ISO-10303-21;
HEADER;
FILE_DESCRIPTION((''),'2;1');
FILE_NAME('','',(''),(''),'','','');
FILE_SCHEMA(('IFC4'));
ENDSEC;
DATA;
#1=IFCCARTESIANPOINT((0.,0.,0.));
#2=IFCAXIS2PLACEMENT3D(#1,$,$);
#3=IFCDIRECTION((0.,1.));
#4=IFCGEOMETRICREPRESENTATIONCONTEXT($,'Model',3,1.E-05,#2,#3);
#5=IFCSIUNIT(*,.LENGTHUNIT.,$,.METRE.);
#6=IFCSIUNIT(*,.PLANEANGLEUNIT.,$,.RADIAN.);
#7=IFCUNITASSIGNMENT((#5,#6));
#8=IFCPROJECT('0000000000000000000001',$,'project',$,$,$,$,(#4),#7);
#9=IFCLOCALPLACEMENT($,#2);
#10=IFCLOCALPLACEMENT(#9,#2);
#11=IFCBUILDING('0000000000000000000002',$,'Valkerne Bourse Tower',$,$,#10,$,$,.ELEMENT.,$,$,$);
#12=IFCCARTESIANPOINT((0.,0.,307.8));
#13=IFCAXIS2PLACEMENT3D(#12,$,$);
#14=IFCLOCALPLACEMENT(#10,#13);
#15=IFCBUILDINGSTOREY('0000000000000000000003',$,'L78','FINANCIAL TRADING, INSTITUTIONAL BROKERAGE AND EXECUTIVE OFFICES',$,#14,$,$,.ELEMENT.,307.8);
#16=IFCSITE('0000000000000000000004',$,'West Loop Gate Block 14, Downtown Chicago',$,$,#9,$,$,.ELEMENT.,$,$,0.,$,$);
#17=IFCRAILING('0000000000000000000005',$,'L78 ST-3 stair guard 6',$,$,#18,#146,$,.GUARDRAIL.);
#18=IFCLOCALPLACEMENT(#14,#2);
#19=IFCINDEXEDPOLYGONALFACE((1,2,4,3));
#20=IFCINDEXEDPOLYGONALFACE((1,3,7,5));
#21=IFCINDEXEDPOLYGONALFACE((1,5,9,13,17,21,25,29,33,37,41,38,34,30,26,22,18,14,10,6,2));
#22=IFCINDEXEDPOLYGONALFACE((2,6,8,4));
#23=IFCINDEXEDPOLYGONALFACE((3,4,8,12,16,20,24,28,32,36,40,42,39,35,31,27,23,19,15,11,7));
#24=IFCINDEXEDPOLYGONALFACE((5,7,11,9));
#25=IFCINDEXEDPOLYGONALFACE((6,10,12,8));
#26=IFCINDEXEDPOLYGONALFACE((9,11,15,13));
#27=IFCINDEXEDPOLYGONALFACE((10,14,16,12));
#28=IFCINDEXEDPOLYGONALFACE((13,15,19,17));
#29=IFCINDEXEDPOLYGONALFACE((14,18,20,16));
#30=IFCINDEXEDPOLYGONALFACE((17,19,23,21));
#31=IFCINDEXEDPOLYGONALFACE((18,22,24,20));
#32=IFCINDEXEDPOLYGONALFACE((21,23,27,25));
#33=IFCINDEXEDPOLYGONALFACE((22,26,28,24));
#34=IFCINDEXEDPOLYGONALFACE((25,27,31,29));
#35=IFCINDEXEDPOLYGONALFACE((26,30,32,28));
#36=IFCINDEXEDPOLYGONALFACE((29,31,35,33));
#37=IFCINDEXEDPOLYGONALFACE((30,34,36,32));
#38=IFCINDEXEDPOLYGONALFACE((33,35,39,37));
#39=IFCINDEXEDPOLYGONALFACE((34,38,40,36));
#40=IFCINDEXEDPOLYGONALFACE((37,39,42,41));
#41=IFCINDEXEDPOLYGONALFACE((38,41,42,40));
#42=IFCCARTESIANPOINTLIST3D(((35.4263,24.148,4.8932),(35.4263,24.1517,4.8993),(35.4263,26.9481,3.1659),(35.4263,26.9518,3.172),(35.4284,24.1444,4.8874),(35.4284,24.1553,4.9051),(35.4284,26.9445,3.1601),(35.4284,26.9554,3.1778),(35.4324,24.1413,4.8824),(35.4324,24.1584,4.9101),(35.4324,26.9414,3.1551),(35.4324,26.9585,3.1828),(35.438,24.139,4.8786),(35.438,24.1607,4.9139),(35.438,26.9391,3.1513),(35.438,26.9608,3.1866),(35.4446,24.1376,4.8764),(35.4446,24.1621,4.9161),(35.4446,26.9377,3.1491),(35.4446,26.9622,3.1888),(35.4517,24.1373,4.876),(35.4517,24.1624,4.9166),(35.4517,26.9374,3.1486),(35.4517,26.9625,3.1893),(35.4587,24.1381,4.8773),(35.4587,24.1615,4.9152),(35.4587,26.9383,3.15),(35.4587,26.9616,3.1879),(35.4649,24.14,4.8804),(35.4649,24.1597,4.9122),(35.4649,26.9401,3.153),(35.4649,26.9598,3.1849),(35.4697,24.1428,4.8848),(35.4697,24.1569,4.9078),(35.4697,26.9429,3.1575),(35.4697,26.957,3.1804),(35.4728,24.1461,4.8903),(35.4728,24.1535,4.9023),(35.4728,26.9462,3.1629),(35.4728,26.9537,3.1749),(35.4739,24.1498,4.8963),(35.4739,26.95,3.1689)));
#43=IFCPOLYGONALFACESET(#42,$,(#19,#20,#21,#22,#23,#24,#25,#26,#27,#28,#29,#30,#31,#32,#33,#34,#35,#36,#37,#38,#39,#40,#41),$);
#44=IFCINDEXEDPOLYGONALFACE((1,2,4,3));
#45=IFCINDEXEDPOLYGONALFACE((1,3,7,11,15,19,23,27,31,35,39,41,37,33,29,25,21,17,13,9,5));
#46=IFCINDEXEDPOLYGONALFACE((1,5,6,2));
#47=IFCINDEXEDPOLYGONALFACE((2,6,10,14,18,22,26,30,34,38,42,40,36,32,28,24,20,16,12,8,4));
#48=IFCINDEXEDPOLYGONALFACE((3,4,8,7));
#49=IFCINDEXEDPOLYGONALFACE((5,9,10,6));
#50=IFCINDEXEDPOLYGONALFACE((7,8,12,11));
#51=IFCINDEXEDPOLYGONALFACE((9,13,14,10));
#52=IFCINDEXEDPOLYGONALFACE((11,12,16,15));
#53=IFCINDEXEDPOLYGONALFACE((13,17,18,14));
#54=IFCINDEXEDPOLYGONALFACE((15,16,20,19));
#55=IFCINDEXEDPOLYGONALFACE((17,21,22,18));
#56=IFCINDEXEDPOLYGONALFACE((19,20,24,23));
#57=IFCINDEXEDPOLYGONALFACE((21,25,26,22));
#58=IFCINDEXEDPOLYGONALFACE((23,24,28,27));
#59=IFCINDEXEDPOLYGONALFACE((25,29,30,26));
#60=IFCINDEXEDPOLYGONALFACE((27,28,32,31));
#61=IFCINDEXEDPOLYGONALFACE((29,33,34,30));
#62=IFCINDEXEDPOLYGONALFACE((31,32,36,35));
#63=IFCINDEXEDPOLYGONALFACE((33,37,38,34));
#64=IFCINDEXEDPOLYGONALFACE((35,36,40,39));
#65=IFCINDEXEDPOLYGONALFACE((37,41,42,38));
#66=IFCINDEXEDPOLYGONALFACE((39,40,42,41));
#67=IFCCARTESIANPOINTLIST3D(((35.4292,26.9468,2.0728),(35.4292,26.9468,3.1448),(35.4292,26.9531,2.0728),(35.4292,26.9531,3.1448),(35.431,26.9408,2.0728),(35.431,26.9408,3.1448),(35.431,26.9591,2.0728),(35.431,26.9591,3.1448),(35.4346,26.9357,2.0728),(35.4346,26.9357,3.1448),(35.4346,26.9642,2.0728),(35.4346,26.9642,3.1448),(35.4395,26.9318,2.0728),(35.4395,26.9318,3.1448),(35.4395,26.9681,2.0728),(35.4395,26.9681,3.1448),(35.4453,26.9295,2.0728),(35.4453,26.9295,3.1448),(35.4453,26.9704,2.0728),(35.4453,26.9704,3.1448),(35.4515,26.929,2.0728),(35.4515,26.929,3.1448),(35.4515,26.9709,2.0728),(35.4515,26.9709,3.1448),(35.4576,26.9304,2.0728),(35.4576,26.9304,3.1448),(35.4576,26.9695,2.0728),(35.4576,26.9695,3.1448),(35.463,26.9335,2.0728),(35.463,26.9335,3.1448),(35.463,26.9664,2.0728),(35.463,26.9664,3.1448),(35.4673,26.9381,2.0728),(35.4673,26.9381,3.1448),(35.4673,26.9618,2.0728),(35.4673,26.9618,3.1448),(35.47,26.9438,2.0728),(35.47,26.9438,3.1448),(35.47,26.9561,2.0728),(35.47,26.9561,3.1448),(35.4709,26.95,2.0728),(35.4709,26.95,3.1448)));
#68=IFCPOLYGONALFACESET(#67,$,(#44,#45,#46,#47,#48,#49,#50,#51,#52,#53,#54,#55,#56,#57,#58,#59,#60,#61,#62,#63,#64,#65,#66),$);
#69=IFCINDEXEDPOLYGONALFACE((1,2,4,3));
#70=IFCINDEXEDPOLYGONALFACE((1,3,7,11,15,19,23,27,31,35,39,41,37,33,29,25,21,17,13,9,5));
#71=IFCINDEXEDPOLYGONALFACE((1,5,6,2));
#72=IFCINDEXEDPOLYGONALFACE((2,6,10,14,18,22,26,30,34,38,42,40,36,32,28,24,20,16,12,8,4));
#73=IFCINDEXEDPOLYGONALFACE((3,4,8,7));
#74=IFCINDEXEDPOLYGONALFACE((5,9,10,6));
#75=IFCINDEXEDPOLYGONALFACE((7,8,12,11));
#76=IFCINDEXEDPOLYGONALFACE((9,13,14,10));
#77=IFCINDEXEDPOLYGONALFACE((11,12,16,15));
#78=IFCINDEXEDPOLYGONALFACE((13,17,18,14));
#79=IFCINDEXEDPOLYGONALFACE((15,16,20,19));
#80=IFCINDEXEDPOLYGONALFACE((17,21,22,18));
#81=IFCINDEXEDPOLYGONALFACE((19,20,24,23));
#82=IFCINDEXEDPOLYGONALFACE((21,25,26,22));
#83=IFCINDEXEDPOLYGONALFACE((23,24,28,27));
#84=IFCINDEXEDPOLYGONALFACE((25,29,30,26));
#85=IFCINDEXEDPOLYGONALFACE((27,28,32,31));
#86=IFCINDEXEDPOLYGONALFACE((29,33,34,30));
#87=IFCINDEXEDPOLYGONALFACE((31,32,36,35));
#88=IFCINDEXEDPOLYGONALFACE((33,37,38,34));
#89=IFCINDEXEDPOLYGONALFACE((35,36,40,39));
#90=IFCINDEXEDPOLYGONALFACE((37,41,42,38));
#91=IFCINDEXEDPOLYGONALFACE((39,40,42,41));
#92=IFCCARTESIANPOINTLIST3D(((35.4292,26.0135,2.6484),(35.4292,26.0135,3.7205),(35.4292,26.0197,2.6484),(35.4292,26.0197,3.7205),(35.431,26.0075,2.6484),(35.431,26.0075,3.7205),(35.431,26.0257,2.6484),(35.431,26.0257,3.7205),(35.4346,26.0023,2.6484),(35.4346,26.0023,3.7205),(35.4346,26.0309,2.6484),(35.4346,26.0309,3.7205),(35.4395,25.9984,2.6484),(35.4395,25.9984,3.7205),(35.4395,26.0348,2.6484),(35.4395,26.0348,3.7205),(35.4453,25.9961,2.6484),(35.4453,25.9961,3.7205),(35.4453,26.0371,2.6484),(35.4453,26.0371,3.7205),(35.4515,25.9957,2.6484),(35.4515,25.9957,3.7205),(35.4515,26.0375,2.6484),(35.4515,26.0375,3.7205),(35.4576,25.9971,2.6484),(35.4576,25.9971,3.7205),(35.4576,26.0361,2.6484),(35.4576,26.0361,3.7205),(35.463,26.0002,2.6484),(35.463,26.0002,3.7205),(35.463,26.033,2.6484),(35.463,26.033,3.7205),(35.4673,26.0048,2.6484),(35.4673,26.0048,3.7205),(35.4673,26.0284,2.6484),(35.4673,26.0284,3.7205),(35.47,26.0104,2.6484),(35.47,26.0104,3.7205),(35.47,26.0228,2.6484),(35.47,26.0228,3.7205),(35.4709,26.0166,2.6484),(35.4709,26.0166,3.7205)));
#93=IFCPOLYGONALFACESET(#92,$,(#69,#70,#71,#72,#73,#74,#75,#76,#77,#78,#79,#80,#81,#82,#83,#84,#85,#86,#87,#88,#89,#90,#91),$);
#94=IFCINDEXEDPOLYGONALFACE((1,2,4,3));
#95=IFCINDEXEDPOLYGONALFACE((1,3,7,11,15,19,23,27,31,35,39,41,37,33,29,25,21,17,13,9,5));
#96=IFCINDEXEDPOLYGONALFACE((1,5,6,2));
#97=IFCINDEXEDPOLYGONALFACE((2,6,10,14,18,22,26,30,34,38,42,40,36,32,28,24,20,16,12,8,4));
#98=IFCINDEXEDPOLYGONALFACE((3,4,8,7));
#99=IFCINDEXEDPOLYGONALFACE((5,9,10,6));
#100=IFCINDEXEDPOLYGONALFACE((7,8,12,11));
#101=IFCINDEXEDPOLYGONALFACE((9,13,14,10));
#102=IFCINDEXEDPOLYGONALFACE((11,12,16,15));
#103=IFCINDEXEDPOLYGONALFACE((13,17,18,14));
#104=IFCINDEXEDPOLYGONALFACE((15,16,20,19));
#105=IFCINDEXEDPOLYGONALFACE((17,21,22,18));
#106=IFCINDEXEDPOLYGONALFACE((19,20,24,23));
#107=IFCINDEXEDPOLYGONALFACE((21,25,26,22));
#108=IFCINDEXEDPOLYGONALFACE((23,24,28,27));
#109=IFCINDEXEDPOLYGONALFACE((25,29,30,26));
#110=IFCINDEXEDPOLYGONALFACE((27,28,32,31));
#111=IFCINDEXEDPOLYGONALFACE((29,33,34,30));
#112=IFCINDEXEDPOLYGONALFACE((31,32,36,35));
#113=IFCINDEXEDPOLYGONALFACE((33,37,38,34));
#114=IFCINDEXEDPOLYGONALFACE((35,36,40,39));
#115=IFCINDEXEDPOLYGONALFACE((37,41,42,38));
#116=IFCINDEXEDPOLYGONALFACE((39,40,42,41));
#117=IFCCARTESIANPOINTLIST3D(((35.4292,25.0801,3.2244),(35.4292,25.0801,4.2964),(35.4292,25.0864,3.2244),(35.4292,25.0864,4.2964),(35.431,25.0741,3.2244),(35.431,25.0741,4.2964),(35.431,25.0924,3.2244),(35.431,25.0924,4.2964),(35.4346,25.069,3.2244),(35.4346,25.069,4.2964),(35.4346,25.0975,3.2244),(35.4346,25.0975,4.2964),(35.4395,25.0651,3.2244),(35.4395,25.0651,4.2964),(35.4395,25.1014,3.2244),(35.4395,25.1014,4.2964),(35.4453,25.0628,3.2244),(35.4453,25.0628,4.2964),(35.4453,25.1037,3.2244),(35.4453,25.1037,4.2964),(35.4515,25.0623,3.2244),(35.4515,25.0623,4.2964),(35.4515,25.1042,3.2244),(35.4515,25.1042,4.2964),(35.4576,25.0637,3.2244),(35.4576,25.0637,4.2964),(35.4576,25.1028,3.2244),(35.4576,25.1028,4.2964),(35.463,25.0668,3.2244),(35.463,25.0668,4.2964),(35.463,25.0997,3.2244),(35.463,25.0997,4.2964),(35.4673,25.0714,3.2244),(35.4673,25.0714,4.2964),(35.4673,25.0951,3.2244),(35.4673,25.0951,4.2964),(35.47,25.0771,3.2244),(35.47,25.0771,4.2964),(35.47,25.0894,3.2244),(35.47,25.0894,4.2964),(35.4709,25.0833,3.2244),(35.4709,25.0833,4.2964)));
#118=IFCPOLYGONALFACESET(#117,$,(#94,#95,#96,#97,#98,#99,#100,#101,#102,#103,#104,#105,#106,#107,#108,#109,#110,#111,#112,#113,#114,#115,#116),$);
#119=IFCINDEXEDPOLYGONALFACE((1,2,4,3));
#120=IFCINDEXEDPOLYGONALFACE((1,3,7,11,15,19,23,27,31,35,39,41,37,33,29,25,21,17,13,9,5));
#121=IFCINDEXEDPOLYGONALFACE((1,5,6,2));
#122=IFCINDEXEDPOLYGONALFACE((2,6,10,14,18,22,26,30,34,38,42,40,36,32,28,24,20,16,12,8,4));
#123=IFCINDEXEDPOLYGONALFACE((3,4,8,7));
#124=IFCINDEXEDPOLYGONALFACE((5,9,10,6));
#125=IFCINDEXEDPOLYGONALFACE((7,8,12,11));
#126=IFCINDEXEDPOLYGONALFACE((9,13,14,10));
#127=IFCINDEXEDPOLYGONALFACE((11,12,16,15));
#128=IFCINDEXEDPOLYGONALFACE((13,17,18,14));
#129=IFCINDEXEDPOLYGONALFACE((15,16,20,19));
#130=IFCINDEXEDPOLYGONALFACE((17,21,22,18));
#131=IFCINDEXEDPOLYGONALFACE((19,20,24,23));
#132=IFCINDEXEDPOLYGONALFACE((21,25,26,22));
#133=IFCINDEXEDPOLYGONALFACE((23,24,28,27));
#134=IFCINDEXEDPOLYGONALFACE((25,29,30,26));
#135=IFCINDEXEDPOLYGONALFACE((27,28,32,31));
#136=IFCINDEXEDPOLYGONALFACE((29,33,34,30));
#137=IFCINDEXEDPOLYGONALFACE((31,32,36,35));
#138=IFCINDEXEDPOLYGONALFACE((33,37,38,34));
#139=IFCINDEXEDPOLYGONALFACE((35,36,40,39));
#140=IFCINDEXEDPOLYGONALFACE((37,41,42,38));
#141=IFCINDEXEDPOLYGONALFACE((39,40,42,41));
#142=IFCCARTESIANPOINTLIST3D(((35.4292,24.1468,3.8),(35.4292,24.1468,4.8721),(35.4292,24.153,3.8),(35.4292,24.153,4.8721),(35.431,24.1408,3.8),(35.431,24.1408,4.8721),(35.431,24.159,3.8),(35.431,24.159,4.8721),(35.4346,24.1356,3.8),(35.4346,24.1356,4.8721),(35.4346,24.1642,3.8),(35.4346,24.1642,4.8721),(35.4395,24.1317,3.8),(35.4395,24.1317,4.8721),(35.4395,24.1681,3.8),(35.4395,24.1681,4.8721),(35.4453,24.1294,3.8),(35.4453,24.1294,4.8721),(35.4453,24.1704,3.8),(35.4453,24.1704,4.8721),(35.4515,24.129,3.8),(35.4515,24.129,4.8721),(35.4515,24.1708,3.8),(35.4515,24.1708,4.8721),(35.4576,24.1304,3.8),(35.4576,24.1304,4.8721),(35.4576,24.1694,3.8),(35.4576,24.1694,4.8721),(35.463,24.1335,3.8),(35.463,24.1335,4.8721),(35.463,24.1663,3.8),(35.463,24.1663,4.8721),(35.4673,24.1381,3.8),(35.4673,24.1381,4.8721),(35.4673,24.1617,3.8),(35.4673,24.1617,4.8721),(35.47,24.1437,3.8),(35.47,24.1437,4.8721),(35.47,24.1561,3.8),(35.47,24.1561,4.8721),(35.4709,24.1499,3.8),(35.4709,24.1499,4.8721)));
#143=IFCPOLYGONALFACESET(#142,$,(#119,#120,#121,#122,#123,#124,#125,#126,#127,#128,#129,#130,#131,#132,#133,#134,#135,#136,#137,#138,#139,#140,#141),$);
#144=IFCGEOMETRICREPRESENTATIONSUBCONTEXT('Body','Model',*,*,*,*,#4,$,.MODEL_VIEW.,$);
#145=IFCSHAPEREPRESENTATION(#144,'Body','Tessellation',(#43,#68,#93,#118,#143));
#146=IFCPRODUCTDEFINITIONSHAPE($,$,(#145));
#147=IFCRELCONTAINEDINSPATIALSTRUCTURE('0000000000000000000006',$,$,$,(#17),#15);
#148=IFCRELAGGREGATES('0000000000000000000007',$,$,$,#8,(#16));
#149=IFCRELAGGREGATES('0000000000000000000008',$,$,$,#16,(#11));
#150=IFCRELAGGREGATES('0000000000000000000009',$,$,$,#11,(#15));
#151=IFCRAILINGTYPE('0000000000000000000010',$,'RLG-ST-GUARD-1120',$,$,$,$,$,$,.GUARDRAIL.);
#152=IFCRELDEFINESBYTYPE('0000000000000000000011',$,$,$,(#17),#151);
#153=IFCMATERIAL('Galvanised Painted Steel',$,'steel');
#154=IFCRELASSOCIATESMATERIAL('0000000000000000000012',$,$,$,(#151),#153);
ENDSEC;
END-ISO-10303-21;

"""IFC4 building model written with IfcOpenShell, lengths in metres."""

from ifc_helpers import new_model, si_unit, direction, frame, origin, origin_2d, place, context, subcontext, project, spatial, circle, extrude, material, type_object, element, save


model = new_model("IFC4")

# Units and contexts
model_context = context("Model", 3, precision=1e-05, world=origin(), true_north=direction((0.0, 1.0)))
body_context = subcontext(model_context, "Body", "Model", "MODEL_VIEW")
ifc_project = project(units=[si_unit("LENGTHUNIT", "METRE"), si_unit("PLANEANGLEUNIT", "RADIAN")], contexts=[model_context])

# Site, building, storey
site_placement = place(None, origin())
site = spatial("IfcSite", under=ifc_project, at=site_placement, Name="West Loop Gate Block 14, Downtown Chicago", CompositionType="ELEMENT", RefElevation=0.0)
building_placement = place(site_placement, origin())
building = spatial("IfcBuilding", under=site, at=building_placement, Name="Valkerne Bourse Tower", CompositionType="ELEMENT")
storey_placement = place(building_placement, frame((0.0, 0.0, 307.8)))
storey = spatial("IfcBuildingStorey", under=building, at=storey_placement, Name="L78", Description="FINANCIAL TRADING, INSTITUTIONAL BROKERAGE AND EXECUTIVE OFFICES", CompositionType="ELEMENT", Elevation=307.8)

# Railing
ifc_material_1 = material(Name="Galvanised Painted Steel", Category="steel")
railing_type_1 = type_object("IfcRailingType", Name="RLG-ST-GUARD-1120", PredefinedType="GUARDRAIL", material=ifc_material_1)
railing_1_placement = place(storey_placement, frame((35.45, 26.95, 2.0728)))
element("IfcRailing", 1, at=railing_1_placement, inside=storey, type_object=railing_type_1, Name="L78 ST-3 stair guard 6", PredefinedType="GUARDRAIL", context=body_context, shape_type="SweptSolid", body=[
    extrude(circle(Radius=0.0239, at=origin_2d()), frame((0.0, 0.0, 1.0962), z_axis=(0.0, -0.85109, 0.52502), x_axis=(1.0, 0.0, 0.0)), (0.0, 0.0, 1.0), 3.29),
    extrude(circle(Radius=0.021, at=origin_2d()), origin(), (0.0, 0.0, 1.0), 1.072),
    extrude(circle(Radius=0.021, at=origin_2d()), frame((0.0, -0.9333, 0.5757)), (0.0, 0.0, 1.0), 1.072),
    extrude(circle(Radius=0.021, at=origin_2d()), frame((0.0, -1.8667, 1.1516)), (0.0, 0.0, 1.0), 1.072),
    extrude(circle(Radius=0.021, at=origin_2d()), frame((0.0, -2.8, 1.7273)), (0.0, 0.0, 1.0), 1.072),
])

save(model, "model.ifc")
